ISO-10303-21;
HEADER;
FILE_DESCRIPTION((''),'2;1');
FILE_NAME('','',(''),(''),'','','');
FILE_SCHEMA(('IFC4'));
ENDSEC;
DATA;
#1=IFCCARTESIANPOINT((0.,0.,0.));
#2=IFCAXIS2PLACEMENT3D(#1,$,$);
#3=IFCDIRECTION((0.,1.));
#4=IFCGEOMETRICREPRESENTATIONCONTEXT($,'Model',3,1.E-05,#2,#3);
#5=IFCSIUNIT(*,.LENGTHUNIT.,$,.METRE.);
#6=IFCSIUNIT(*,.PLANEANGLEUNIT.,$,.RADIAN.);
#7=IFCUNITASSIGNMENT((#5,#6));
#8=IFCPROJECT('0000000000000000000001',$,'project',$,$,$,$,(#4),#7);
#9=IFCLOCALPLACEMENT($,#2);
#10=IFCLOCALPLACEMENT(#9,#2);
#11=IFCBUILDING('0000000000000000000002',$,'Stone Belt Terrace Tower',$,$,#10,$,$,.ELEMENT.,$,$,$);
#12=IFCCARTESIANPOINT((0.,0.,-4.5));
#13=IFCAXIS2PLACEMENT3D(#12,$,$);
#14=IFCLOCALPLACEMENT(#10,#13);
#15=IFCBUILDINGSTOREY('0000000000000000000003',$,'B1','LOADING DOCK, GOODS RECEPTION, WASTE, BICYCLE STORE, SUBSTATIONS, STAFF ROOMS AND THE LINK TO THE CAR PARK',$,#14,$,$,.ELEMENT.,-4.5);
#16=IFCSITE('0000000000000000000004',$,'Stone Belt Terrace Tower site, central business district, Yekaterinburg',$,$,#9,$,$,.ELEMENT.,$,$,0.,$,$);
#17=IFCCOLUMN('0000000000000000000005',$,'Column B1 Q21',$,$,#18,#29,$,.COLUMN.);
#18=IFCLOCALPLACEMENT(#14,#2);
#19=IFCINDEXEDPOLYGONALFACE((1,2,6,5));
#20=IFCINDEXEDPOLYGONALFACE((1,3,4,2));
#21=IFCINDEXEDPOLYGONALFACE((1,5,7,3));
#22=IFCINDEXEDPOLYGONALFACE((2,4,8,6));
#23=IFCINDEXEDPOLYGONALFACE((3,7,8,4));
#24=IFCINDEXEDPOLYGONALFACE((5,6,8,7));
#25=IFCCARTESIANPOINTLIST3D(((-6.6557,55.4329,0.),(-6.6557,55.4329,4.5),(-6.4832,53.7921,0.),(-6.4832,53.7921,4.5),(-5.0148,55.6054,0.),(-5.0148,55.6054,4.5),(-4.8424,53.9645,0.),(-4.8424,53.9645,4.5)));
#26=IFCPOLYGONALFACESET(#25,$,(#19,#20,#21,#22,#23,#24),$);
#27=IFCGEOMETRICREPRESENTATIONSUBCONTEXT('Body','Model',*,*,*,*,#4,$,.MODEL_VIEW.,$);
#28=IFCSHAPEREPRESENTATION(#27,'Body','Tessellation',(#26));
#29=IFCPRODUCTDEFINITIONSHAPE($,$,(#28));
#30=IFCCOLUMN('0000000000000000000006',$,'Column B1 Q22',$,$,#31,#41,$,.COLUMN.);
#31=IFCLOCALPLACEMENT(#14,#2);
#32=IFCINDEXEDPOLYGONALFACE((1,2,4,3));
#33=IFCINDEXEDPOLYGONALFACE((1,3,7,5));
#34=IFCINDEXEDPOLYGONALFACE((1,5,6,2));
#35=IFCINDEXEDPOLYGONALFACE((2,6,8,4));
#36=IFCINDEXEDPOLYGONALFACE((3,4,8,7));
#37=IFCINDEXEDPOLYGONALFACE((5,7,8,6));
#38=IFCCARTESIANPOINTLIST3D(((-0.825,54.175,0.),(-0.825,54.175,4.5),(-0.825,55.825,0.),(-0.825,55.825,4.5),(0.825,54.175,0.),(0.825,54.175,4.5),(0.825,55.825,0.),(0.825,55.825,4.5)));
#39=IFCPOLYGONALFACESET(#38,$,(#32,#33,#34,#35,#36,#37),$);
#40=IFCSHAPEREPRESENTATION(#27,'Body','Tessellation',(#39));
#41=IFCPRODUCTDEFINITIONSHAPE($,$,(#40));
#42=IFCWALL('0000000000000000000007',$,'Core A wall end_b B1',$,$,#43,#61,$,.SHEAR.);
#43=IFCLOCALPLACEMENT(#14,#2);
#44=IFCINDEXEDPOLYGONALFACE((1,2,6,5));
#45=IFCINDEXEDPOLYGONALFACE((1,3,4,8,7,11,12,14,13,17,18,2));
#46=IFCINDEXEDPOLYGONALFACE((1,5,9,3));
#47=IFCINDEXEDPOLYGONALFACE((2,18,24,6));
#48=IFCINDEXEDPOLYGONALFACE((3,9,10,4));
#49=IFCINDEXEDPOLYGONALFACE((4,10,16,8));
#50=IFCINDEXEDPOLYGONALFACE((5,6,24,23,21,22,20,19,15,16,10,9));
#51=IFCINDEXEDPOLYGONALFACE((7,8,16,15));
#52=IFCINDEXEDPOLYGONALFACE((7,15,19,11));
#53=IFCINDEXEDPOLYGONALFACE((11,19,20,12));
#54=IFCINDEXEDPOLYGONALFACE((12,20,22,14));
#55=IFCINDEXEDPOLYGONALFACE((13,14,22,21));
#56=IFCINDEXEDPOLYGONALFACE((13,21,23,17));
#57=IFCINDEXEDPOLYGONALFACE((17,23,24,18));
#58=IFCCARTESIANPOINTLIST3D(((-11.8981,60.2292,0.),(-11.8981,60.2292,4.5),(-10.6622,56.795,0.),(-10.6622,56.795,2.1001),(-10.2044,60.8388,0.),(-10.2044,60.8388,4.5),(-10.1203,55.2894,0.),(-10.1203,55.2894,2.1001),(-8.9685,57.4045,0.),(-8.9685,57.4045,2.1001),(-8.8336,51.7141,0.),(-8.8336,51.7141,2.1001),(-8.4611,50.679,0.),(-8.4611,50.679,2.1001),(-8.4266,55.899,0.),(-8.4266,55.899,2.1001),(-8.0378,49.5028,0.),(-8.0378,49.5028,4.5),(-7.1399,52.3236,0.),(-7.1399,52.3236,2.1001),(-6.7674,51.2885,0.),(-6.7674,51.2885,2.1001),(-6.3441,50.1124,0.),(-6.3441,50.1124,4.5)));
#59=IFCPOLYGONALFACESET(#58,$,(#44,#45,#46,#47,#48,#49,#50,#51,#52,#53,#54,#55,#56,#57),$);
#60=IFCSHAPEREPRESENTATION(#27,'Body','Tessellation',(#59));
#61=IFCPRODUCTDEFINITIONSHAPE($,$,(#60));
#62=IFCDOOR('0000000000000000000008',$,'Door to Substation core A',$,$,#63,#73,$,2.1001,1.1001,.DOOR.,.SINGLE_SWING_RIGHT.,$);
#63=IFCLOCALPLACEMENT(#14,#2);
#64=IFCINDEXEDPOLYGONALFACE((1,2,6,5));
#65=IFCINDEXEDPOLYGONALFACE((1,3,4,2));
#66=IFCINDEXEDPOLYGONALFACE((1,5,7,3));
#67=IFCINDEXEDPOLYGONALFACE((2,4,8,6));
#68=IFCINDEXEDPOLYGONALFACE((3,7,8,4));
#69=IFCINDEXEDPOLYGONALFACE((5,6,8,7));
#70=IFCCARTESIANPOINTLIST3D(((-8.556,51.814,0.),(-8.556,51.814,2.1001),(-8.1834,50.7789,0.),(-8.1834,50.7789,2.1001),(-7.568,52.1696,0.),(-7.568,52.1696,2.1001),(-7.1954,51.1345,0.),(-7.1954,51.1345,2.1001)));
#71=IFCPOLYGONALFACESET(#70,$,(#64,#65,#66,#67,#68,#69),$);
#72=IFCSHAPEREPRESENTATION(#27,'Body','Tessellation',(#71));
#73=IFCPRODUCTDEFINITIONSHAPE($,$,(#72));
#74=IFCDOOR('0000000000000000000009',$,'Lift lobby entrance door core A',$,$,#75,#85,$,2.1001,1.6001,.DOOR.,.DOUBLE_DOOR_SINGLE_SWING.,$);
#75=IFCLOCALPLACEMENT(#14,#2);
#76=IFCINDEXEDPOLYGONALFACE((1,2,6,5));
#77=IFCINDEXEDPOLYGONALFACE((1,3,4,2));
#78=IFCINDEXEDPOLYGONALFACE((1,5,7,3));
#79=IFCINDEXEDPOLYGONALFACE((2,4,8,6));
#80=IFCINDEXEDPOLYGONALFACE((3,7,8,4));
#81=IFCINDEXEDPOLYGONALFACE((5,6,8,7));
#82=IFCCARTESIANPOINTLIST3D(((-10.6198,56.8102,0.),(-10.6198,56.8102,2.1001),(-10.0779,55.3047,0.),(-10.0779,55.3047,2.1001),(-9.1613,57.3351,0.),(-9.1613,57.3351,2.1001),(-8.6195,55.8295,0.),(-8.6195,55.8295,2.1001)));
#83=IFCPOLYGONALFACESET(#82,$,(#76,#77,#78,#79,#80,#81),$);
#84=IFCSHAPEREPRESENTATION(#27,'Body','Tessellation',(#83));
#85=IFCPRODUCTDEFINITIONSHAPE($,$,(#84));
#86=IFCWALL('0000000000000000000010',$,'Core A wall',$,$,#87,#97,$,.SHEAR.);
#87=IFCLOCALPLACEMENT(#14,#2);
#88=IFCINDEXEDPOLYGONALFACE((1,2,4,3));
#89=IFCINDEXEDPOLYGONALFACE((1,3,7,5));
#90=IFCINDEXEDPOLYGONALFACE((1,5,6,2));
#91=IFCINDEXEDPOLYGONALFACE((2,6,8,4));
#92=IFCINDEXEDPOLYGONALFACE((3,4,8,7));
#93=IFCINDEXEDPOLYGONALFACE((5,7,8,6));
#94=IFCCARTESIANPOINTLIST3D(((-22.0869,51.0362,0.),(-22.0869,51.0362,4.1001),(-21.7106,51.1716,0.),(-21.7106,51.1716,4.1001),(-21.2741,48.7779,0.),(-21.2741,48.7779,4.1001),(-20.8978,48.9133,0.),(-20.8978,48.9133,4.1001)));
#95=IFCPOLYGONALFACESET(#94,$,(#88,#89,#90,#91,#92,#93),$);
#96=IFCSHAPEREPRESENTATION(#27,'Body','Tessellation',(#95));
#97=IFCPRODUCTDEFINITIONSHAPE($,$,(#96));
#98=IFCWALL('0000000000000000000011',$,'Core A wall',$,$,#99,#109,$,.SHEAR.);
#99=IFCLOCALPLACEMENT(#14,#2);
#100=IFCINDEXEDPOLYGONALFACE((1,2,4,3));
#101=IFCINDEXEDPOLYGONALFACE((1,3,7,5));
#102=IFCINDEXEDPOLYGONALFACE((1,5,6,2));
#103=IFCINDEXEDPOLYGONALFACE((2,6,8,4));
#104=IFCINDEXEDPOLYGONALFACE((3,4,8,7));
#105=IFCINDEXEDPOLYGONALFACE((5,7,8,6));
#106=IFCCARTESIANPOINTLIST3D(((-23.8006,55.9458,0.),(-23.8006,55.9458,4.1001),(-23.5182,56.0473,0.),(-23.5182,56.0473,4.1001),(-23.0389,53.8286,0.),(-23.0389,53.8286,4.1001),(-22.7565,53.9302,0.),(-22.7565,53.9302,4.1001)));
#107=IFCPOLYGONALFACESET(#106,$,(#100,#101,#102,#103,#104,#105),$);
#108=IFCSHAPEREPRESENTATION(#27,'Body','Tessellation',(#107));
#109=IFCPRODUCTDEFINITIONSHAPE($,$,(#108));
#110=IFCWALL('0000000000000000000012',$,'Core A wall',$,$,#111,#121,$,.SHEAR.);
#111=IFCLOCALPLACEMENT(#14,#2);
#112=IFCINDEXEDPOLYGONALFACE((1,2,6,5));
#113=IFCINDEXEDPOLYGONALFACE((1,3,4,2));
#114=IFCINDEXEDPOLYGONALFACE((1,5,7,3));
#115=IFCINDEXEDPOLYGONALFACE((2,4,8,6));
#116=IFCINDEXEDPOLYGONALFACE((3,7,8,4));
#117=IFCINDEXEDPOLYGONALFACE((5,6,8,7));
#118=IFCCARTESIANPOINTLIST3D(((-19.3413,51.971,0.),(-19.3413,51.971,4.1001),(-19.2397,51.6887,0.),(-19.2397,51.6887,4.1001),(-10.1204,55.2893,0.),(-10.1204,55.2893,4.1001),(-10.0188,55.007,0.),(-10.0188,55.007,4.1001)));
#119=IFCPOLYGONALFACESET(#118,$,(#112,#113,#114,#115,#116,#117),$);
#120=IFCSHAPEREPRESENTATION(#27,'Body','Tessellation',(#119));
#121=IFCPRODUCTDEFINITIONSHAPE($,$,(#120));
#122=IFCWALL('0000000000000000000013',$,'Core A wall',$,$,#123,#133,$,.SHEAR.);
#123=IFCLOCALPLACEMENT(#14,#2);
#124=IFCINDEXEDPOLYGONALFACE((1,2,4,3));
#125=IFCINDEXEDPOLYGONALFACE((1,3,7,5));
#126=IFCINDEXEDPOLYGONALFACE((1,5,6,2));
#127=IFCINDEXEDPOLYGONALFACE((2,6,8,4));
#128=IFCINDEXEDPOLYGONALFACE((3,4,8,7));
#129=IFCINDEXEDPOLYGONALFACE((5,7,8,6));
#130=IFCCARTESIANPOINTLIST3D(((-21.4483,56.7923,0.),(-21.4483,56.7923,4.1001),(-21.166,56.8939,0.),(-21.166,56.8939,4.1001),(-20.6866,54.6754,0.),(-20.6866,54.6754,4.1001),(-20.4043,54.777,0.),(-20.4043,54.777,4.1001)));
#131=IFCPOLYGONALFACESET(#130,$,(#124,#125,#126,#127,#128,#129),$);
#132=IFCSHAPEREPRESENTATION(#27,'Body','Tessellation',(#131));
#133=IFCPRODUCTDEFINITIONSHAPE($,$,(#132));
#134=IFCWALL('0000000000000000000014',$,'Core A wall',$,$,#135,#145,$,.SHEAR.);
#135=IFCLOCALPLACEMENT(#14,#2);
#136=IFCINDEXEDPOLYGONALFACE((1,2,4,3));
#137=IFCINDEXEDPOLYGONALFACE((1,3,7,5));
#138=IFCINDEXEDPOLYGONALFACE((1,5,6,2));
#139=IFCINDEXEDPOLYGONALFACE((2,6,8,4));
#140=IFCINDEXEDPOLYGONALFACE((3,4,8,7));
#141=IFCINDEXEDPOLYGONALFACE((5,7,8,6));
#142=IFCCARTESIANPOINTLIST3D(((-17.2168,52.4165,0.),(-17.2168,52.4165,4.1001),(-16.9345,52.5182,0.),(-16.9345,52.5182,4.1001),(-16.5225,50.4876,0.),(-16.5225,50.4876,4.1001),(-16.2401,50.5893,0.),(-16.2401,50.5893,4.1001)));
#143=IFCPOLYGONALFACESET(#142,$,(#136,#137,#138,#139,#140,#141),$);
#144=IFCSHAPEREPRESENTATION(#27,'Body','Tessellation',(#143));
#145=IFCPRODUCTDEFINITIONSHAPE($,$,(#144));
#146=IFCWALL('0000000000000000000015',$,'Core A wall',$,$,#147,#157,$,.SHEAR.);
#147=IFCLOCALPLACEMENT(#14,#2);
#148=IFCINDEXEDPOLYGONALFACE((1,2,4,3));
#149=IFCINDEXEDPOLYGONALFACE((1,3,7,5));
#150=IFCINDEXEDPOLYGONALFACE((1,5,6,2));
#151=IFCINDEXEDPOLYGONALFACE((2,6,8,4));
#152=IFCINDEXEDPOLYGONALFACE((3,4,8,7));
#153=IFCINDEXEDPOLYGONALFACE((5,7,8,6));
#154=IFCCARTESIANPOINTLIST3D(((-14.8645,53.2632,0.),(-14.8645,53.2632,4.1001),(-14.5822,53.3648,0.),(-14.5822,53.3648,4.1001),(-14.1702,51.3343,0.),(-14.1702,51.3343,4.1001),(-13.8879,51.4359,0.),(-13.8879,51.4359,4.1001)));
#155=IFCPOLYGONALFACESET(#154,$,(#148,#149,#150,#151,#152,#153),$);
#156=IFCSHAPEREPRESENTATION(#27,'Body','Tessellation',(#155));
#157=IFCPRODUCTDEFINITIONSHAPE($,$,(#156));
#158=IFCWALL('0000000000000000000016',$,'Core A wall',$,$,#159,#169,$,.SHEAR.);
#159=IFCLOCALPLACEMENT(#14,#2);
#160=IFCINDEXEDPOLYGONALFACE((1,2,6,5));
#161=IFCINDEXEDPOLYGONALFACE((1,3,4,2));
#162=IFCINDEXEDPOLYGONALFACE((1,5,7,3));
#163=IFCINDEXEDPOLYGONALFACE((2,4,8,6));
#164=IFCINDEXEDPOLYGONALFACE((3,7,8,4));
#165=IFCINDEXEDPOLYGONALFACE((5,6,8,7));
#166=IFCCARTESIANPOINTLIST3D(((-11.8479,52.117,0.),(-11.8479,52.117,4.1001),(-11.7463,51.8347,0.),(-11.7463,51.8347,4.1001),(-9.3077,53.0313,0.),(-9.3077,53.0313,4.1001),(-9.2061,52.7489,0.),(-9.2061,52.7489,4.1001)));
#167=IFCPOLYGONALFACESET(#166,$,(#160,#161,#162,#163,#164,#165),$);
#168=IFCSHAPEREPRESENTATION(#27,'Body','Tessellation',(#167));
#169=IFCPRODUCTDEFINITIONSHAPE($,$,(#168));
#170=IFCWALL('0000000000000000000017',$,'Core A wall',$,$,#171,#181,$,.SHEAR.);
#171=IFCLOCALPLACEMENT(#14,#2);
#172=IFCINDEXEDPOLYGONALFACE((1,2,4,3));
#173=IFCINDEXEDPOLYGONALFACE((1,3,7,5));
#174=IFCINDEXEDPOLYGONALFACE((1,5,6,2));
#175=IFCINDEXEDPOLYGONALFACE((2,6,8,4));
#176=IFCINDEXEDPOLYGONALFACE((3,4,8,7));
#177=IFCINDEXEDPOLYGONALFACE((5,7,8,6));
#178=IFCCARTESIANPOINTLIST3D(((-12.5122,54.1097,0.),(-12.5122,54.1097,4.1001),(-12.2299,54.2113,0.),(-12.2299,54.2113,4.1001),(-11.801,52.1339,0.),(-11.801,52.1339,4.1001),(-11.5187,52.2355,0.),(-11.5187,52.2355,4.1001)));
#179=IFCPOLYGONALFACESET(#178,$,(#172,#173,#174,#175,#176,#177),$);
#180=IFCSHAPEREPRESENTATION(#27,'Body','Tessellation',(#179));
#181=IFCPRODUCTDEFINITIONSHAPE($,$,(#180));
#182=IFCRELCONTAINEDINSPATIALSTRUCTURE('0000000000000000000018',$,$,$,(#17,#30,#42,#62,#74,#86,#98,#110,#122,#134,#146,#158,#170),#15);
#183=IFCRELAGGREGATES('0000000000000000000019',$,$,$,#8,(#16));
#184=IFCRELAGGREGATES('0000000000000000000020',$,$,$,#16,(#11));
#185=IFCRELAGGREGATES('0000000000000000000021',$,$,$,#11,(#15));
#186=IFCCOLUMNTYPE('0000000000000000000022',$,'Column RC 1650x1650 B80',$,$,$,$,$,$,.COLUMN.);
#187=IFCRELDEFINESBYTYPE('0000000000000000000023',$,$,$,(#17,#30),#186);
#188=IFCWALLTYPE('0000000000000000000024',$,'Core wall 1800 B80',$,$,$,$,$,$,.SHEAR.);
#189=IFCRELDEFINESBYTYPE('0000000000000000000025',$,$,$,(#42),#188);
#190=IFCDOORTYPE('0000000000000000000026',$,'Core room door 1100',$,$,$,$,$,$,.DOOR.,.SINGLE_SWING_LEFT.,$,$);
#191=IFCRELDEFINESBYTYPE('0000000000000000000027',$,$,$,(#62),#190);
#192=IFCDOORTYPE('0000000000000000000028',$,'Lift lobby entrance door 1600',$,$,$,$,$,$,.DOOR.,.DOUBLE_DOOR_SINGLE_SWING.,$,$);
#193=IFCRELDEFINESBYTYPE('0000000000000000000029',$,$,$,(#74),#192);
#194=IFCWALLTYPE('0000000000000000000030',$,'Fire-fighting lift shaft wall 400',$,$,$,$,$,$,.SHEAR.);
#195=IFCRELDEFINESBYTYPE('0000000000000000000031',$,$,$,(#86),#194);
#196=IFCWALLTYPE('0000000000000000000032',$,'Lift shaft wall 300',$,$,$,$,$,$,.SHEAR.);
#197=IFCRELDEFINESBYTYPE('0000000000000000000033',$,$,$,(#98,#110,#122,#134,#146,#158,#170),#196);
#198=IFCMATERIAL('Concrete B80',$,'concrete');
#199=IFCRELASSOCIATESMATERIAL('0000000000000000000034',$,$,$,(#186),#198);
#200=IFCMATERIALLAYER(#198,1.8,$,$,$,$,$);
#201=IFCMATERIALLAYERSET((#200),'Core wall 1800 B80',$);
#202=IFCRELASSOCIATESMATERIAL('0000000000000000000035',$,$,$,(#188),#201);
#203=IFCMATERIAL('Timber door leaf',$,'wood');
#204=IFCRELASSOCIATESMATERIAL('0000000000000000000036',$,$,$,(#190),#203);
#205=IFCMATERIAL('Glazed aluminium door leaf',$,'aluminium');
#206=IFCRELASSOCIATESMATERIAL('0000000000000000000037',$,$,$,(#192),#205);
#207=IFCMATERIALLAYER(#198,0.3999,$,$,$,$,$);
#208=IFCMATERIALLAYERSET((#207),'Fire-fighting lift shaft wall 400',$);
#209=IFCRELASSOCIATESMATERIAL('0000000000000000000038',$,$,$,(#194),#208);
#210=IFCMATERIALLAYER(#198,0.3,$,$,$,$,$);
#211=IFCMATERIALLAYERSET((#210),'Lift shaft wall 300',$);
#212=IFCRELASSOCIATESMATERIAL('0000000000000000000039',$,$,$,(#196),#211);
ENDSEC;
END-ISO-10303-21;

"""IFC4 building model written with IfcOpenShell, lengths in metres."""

from ifc_helpers import new_model, si_unit, direction, frame, frame_2d, origin, origin_2d, place, context, subcontext, project, spatial, rectangle, extrude, material, layer, layer_set, material_profile, profile_set, type_object, element, fill, save


model = new_model("IFC4")

# Units and contexts
model_context = context("Model", 3, precision=1e-05, world=origin(), true_north=direction((0.0, 1.0)))
body_context = subcontext(model_context, "Body", "Model", "MODEL_VIEW")
ifc_project = project(units=[si_unit("LENGTHUNIT", "METRE"), si_unit("PLANEANGLEUNIT", "RADIAN")], contexts=[model_context])

# Site, building, storey
site_placement = place(None, origin())
site = spatial("IfcSite", under=ifc_project, at=site_placement, Name="Stone Belt Terrace Tower site, central business district, Yekaterinburg", CompositionType="ELEMENT", RefElevation=0.0)
building_placement = place(site_placement, origin())
building = spatial("IfcBuilding", under=site, at=building_placement, Name="Stone Belt Terrace Tower", CompositionType="ELEMENT")
storey_placement = place(building_placement, frame((0.0, 0.0, -4.5)))
storey = spatial("IfcBuildingStorey", under=building, at=storey_placement, Name="B1", Description="LOADING DOCK, GOODS RECEPTION, WASTE, BICYCLE STORE, SUBSTATIONS, STAFF ROOMS AND THE LINK TO THE CAR PARK", CompositionType="ELEMENT", Elevation=-4.5)

# Columns
ifc_material_1 = material(Name="Concrete B80", Category="concrete")
ifc_material_profile = material_profile(ifc_material_1, rectangle(XDim=1.6499, YDim=1.6499, at=origin_2d()), Name="RC 1650x1650")
ifc_profile_set = profile_set([ifc_material_profile], Name="Concrete B80")
column_type = type_object("IfcColumnType", Name="Column RC 1650x1650 B80", PredefinedType="COLUMN", material=ifc_profile_set)
for number, where, z_axis, x_axis, name in (
    (1, (-5.749, 54.6987, 0.0), (0.0, 0.0, 1.0), (0.994522, 0.104528, 0.0), "Column B1 Q21"),
    (2, (0.0, 55.0, 0.0), (0.0, 0.0, 1.0), (1.0, 0.0, 0.0), "Column B1 Q22"),
):
    element("IfcColumn", number, at=place(storey_placement, frame(where, z_axis=z_axis, x_axis=x_axis)), inside=storey, type_object=column_type, Name=name, PredefinedType="COLUMN", context=body_context, shape_type="SweptSolid", body=[
        extrude(rectangle(XDim=1.6499, YDim=1.6499, at=origin_2d()), origin(), (0.0, 0.0, 1.0), 4.5),
    ])

# Wall, openings, doors
ifc_layer_1 = layer(ifc_material_1, 1.8)
ifc_layer_set_1 = layer_set([ifc_layer_1], Name="Core wall 1800 B80")
wall_type_1 = type_object("IfcWallType", Name="Core wall 1800 B80", PredefinedType="SHEAR", material=ifc_layer_set_1)
wall_1_placement = place(storey_placement, frame((-7.1909, 49.8076, 0.0), z_axis=(0.0, 0.0, 1.0), x_axis=(-0.338632, 0.940919, 0.0)))
wall_1 = element("IfcWall", 3, at=wall_1_placement, inside=storey, type_object=wall_type_1, Name="Core A wall end_b B1", PredefinedType="SHEAR", context=body_context, shape_type="SweptSolid", body=[
    extrude(rectangle(XDim=11.3999, YDim=1.8, at=frame_2d((5.7, 0.0))), origin(), (0.0, 0.0, 1.0), 4.5),
])
opening_1_placement = place(wall_1_placement, frame((6.1499, 0.0, 0.0)))
opening_1 = element("IfcOpeningElement", 4, at=opening_1_placement, cuts=wall_1, PredefinedType="OPENING", context=body_context, shape_type="SweptSolid", body=[
    extrude(rectangle(XDim=1.6001, YDim=2.1001, at=frame_2d((0.8, 1.05))), frame((0.0, 0.9099, 0.0), z_axis=(0.0, -1.0, 0.0), x_axis=(1.0, 0.0, 0.0)), (0.0, 0.0, 1.0), 1.8201),
])
opening_2_placement = place(wall_1_placement, frame((1.25, 0.0, 0.0)))
opening_2 = element("IfcOpeningElement", 5, at=opening_2_placement, cuts=wall_1, PredefinedType="OPENING", context=body_context, shape_type="SweptSolid", body=[
    extrude(rectangle(XDim=1.1001, YDim=2.1001, at=frame_2d((0.55, 1.05))), frame((0.0, 0.9099, 0.0), z_axis=(0.0, -1.0, 0.0), x_axis=(1.0, 0.0, 0.0)), (0.0, 0.0, 1.0), 1.8201),
])
ifc_material_2 = material(Name="Timber door leaf", Category="wood")
door_type_1 = type_object("IfcDoorType", Name="Core room door 1100", OperationType="SINGLE_SWING_LEFT", PredefinedType="DOOR", material=ifc_material_2)
door_1_placement = place(opening_2_placement, origin())
door_1 = element("IfcDoor", 6, at=door_1_placement, inside=storey, type_object=door_type_1, Name="Door to Substation core A", OperationType="SINGLE_SWING_RIGHT", OverallHeight=2.1001, OverallWidth=1.1001, PredefinedType="DOOR", context=body_context, shape_type="SweptSolid", body=[
    extrude(rectangle(XDim=1.1001, YDim=2.1001, at=frame_2d((0.55, 1.05))), frame((0.0, 0.605, 0.0), z_axis=(0.0, -1.0, 0.0), x_axis=(1.0, 0.0, 0.0)), (0.0, 0.0, 1.0), 1.05),
])
fill(opening_2, door_1)
ifc_material_3 = material(Name="Glazed aluminium door leaf", Category="aluminium")
door_type_2 = type_object("IfcDoorType", Name="Lift lobby entrance door 1600", OperationType="DOUBLE_DOOR_SINGLE_SWING", PredefinedType="DOOR", material=ifc_material_3)
door_2_placement = place(opening_1_placement, origin())
door_2 = element("IfcDoor", 7, at=door_2_placement, inside=storey, type_object=door_type_2, Name="Lift lobby entrance door core A", OperationType="DOUBLE_DOOR_SINGLE_SWING", OverallHeight=2.1001, OverallWidth=1.6001, PredefinedType="DOOR", context=body_context, shape_type="SweptSolid", body=[
    extrude(rectangle(XDim=1.6001, YDim=2.1001, at=frame_2d((0.8, 1.05))), frame((0.0, 0.855, 0.0), z_axis=(0.0, -1.0, 0.0), x_axis=(1.0, 0.0, 0.0)), (0.0, 0.0, 1.0), 1.55),
])
fill(opening_1, door_2)

# Walls
ifc_layer_2 = layer(ifc_material_1, 0.3999)
ifc_layer_set_2 = layer_set([ifc_layer_2], Name="Fire-fighting lift shaft wall 400")
wall_type_2 = type_object("IfcWallType", Name="Fire-fighting lift shaft wall 400", PredefinedType="SHEAR", material=ifc_layer_set_2)
wall_2_placement = place(storey_placement, frame((-21.0859, 48.8455, 0.0), z_axis=(0.0, 0.0, 1.0), x_axis=(-0.338629, 0.94092, 0.0)))
element("IfcWall", 8, at=wall_2_placement, inside=storey, type_object=wall_type_2, Name="Core A wall", PredefinedType="SHEAR", context=body_context, shape_type="SweptSolid", body=[
    extrude(rectangle(XDim=2.4001, YDim=0.3999, at=frame_2d((1.2002, 0.0))), origin(), (0.0, 0.0, 1.0), 4.1001),
])
ifc_layer_3 = layer(ifc_material_1, 0.3)
ifc_layer_set_3 = layer_set([ifc_layer_3], Name="Lift shaft wall 300")
wall_type_3 = type_object("IfcWallType", Name="Lift shaft wall 300", PredefinedType="SHEAR", material=ifc_layer_set_3)
wall_3_placement = place(storey_placement, frame((-22.8977, 53.8794, 0.0), z_axis=(0.0, 0.0, 1.0), x_axis=(-0.338535, 0.940954, 0.0)))
element("IfcWall", 9, at=wall_3_placement, inside=storey, type_object=wall_type_3, Name="Core A wall", PredefinedType="SHEAR", context=body_context, shape_type="SweptSolid", body=[
    extrude(rectangle(XDim=2.25, YDim=0.3, at=frame_2d((1.125, 0.0))), origin(), (0.0, 0.0, 1.0), 4.1001),
])
wall_4_placement = place(storey_placement, frame((-19.2905, 51.8298, 0.0), z_axis=(0.0, 0.0, 1.0), x_axis=(0.940926, 0.338613, 0.0)))
element("IfcWall", 10, at=wall_4_placement, inside=storey, type_object=wall_type_3, Name="Core A wall", PredefinedType="SHEAR", context=body_context, shape_type="SweptSolid", body=[
    extrude(rectangle(XDim=9.7998, YDim=0.3, at=frame_2d((4.8999, 0.0))), origin(), (0.0, 0.0, 1.0), 4.1001),
])
wall_5_placement = place(storey_placement, frame((-20.5454, 54.7261, 0.0), z_axis=(0.0, 0.0, 1.0), x_axis=(-0.33857, 0.940941, 0.0)))
element("IfcWall", 11, at=wall_5_placement, inside=storey, type_object=wall_type_3, Name="Core A wall", PredefinedType="SHEAR", context=body_context, shape_type="SweptSolid", body=[
    extrude(rectangle(XDim=2.2498, YDim=0.3, at=frame_2d((1.125, 0.0))), origin(), (0.0, 0.0, 1.0), 4.1001),
])
for number, where, z_axis, x_axis, name in (
    (12, (-16.3813, 50.5386, 0.0), (0.0, 0.0, 1.0), (-0.338682, 0.940901, 0.0), "Core A wall"),
    (13, (-14.0291, 51.3853, 0.0), (0.0, 0.0, 1.0), (-0.338682, 0.940901, 0.0), "Core A wall"),
):
    element("IfcWall", number, at=place(storey_placement, frame(where, z_axis=z_axis, x_axis=x_axis)), inside=storey, type_object=wall_type_3, Name=name, PredefinedType="SHEAR", context=body_context, shape_type="SweptSolid", body=[
        extrude(rectangle(XDim=2.05, YDim=0.3, at=frame_2d((1.0249, 0.0))), origin(), (0.0, 0.0, 1.0), 4.1001),
    ])
wall_6_placement = place(storey_placement, frame((-11.7971, 51.9758, 0.0), z_axis=(0.0, 0.0, 1.0), x_axis=(0.94091, 0.338655, 0.0)))
element("IfcWall", 14, at=wall_6_placement, inside=storey, type_object=wall_type_3, Name="Core A wall", PredefinedType="SHEAR", context=body_context, shape_type="SweptSolid", body=[
    extrude(rectangle(XDim=2.6997, YDim=0.3, at=frame_2d((1.3499, 0.0))), origin(), (0.0, 0.0, 1.0), 4.1001),
])
wall_7_placement = place(storey_placement, frame((-11.6599, 52.1848, 0.0), z_axis=(0.0, 0.0, 1.0), x_axis=(-0.33867, 0.940905, 0.0)))
element("IfcWall", 15, at=wall_7_placement, inside=storey, type_object=wall_type_3, Name="Core A wall", PredefinedType="SHEAR", context=body_context, shape_type="SweptSolid", body=[
    extrude(rectangle(XDim=2.0999, YDim=0.3, at=frame_2d((1.0498, 0.0))), origin(), (0.0, 0.0, 1.0), 4.1001),
])

save(model, "model.ifc")
